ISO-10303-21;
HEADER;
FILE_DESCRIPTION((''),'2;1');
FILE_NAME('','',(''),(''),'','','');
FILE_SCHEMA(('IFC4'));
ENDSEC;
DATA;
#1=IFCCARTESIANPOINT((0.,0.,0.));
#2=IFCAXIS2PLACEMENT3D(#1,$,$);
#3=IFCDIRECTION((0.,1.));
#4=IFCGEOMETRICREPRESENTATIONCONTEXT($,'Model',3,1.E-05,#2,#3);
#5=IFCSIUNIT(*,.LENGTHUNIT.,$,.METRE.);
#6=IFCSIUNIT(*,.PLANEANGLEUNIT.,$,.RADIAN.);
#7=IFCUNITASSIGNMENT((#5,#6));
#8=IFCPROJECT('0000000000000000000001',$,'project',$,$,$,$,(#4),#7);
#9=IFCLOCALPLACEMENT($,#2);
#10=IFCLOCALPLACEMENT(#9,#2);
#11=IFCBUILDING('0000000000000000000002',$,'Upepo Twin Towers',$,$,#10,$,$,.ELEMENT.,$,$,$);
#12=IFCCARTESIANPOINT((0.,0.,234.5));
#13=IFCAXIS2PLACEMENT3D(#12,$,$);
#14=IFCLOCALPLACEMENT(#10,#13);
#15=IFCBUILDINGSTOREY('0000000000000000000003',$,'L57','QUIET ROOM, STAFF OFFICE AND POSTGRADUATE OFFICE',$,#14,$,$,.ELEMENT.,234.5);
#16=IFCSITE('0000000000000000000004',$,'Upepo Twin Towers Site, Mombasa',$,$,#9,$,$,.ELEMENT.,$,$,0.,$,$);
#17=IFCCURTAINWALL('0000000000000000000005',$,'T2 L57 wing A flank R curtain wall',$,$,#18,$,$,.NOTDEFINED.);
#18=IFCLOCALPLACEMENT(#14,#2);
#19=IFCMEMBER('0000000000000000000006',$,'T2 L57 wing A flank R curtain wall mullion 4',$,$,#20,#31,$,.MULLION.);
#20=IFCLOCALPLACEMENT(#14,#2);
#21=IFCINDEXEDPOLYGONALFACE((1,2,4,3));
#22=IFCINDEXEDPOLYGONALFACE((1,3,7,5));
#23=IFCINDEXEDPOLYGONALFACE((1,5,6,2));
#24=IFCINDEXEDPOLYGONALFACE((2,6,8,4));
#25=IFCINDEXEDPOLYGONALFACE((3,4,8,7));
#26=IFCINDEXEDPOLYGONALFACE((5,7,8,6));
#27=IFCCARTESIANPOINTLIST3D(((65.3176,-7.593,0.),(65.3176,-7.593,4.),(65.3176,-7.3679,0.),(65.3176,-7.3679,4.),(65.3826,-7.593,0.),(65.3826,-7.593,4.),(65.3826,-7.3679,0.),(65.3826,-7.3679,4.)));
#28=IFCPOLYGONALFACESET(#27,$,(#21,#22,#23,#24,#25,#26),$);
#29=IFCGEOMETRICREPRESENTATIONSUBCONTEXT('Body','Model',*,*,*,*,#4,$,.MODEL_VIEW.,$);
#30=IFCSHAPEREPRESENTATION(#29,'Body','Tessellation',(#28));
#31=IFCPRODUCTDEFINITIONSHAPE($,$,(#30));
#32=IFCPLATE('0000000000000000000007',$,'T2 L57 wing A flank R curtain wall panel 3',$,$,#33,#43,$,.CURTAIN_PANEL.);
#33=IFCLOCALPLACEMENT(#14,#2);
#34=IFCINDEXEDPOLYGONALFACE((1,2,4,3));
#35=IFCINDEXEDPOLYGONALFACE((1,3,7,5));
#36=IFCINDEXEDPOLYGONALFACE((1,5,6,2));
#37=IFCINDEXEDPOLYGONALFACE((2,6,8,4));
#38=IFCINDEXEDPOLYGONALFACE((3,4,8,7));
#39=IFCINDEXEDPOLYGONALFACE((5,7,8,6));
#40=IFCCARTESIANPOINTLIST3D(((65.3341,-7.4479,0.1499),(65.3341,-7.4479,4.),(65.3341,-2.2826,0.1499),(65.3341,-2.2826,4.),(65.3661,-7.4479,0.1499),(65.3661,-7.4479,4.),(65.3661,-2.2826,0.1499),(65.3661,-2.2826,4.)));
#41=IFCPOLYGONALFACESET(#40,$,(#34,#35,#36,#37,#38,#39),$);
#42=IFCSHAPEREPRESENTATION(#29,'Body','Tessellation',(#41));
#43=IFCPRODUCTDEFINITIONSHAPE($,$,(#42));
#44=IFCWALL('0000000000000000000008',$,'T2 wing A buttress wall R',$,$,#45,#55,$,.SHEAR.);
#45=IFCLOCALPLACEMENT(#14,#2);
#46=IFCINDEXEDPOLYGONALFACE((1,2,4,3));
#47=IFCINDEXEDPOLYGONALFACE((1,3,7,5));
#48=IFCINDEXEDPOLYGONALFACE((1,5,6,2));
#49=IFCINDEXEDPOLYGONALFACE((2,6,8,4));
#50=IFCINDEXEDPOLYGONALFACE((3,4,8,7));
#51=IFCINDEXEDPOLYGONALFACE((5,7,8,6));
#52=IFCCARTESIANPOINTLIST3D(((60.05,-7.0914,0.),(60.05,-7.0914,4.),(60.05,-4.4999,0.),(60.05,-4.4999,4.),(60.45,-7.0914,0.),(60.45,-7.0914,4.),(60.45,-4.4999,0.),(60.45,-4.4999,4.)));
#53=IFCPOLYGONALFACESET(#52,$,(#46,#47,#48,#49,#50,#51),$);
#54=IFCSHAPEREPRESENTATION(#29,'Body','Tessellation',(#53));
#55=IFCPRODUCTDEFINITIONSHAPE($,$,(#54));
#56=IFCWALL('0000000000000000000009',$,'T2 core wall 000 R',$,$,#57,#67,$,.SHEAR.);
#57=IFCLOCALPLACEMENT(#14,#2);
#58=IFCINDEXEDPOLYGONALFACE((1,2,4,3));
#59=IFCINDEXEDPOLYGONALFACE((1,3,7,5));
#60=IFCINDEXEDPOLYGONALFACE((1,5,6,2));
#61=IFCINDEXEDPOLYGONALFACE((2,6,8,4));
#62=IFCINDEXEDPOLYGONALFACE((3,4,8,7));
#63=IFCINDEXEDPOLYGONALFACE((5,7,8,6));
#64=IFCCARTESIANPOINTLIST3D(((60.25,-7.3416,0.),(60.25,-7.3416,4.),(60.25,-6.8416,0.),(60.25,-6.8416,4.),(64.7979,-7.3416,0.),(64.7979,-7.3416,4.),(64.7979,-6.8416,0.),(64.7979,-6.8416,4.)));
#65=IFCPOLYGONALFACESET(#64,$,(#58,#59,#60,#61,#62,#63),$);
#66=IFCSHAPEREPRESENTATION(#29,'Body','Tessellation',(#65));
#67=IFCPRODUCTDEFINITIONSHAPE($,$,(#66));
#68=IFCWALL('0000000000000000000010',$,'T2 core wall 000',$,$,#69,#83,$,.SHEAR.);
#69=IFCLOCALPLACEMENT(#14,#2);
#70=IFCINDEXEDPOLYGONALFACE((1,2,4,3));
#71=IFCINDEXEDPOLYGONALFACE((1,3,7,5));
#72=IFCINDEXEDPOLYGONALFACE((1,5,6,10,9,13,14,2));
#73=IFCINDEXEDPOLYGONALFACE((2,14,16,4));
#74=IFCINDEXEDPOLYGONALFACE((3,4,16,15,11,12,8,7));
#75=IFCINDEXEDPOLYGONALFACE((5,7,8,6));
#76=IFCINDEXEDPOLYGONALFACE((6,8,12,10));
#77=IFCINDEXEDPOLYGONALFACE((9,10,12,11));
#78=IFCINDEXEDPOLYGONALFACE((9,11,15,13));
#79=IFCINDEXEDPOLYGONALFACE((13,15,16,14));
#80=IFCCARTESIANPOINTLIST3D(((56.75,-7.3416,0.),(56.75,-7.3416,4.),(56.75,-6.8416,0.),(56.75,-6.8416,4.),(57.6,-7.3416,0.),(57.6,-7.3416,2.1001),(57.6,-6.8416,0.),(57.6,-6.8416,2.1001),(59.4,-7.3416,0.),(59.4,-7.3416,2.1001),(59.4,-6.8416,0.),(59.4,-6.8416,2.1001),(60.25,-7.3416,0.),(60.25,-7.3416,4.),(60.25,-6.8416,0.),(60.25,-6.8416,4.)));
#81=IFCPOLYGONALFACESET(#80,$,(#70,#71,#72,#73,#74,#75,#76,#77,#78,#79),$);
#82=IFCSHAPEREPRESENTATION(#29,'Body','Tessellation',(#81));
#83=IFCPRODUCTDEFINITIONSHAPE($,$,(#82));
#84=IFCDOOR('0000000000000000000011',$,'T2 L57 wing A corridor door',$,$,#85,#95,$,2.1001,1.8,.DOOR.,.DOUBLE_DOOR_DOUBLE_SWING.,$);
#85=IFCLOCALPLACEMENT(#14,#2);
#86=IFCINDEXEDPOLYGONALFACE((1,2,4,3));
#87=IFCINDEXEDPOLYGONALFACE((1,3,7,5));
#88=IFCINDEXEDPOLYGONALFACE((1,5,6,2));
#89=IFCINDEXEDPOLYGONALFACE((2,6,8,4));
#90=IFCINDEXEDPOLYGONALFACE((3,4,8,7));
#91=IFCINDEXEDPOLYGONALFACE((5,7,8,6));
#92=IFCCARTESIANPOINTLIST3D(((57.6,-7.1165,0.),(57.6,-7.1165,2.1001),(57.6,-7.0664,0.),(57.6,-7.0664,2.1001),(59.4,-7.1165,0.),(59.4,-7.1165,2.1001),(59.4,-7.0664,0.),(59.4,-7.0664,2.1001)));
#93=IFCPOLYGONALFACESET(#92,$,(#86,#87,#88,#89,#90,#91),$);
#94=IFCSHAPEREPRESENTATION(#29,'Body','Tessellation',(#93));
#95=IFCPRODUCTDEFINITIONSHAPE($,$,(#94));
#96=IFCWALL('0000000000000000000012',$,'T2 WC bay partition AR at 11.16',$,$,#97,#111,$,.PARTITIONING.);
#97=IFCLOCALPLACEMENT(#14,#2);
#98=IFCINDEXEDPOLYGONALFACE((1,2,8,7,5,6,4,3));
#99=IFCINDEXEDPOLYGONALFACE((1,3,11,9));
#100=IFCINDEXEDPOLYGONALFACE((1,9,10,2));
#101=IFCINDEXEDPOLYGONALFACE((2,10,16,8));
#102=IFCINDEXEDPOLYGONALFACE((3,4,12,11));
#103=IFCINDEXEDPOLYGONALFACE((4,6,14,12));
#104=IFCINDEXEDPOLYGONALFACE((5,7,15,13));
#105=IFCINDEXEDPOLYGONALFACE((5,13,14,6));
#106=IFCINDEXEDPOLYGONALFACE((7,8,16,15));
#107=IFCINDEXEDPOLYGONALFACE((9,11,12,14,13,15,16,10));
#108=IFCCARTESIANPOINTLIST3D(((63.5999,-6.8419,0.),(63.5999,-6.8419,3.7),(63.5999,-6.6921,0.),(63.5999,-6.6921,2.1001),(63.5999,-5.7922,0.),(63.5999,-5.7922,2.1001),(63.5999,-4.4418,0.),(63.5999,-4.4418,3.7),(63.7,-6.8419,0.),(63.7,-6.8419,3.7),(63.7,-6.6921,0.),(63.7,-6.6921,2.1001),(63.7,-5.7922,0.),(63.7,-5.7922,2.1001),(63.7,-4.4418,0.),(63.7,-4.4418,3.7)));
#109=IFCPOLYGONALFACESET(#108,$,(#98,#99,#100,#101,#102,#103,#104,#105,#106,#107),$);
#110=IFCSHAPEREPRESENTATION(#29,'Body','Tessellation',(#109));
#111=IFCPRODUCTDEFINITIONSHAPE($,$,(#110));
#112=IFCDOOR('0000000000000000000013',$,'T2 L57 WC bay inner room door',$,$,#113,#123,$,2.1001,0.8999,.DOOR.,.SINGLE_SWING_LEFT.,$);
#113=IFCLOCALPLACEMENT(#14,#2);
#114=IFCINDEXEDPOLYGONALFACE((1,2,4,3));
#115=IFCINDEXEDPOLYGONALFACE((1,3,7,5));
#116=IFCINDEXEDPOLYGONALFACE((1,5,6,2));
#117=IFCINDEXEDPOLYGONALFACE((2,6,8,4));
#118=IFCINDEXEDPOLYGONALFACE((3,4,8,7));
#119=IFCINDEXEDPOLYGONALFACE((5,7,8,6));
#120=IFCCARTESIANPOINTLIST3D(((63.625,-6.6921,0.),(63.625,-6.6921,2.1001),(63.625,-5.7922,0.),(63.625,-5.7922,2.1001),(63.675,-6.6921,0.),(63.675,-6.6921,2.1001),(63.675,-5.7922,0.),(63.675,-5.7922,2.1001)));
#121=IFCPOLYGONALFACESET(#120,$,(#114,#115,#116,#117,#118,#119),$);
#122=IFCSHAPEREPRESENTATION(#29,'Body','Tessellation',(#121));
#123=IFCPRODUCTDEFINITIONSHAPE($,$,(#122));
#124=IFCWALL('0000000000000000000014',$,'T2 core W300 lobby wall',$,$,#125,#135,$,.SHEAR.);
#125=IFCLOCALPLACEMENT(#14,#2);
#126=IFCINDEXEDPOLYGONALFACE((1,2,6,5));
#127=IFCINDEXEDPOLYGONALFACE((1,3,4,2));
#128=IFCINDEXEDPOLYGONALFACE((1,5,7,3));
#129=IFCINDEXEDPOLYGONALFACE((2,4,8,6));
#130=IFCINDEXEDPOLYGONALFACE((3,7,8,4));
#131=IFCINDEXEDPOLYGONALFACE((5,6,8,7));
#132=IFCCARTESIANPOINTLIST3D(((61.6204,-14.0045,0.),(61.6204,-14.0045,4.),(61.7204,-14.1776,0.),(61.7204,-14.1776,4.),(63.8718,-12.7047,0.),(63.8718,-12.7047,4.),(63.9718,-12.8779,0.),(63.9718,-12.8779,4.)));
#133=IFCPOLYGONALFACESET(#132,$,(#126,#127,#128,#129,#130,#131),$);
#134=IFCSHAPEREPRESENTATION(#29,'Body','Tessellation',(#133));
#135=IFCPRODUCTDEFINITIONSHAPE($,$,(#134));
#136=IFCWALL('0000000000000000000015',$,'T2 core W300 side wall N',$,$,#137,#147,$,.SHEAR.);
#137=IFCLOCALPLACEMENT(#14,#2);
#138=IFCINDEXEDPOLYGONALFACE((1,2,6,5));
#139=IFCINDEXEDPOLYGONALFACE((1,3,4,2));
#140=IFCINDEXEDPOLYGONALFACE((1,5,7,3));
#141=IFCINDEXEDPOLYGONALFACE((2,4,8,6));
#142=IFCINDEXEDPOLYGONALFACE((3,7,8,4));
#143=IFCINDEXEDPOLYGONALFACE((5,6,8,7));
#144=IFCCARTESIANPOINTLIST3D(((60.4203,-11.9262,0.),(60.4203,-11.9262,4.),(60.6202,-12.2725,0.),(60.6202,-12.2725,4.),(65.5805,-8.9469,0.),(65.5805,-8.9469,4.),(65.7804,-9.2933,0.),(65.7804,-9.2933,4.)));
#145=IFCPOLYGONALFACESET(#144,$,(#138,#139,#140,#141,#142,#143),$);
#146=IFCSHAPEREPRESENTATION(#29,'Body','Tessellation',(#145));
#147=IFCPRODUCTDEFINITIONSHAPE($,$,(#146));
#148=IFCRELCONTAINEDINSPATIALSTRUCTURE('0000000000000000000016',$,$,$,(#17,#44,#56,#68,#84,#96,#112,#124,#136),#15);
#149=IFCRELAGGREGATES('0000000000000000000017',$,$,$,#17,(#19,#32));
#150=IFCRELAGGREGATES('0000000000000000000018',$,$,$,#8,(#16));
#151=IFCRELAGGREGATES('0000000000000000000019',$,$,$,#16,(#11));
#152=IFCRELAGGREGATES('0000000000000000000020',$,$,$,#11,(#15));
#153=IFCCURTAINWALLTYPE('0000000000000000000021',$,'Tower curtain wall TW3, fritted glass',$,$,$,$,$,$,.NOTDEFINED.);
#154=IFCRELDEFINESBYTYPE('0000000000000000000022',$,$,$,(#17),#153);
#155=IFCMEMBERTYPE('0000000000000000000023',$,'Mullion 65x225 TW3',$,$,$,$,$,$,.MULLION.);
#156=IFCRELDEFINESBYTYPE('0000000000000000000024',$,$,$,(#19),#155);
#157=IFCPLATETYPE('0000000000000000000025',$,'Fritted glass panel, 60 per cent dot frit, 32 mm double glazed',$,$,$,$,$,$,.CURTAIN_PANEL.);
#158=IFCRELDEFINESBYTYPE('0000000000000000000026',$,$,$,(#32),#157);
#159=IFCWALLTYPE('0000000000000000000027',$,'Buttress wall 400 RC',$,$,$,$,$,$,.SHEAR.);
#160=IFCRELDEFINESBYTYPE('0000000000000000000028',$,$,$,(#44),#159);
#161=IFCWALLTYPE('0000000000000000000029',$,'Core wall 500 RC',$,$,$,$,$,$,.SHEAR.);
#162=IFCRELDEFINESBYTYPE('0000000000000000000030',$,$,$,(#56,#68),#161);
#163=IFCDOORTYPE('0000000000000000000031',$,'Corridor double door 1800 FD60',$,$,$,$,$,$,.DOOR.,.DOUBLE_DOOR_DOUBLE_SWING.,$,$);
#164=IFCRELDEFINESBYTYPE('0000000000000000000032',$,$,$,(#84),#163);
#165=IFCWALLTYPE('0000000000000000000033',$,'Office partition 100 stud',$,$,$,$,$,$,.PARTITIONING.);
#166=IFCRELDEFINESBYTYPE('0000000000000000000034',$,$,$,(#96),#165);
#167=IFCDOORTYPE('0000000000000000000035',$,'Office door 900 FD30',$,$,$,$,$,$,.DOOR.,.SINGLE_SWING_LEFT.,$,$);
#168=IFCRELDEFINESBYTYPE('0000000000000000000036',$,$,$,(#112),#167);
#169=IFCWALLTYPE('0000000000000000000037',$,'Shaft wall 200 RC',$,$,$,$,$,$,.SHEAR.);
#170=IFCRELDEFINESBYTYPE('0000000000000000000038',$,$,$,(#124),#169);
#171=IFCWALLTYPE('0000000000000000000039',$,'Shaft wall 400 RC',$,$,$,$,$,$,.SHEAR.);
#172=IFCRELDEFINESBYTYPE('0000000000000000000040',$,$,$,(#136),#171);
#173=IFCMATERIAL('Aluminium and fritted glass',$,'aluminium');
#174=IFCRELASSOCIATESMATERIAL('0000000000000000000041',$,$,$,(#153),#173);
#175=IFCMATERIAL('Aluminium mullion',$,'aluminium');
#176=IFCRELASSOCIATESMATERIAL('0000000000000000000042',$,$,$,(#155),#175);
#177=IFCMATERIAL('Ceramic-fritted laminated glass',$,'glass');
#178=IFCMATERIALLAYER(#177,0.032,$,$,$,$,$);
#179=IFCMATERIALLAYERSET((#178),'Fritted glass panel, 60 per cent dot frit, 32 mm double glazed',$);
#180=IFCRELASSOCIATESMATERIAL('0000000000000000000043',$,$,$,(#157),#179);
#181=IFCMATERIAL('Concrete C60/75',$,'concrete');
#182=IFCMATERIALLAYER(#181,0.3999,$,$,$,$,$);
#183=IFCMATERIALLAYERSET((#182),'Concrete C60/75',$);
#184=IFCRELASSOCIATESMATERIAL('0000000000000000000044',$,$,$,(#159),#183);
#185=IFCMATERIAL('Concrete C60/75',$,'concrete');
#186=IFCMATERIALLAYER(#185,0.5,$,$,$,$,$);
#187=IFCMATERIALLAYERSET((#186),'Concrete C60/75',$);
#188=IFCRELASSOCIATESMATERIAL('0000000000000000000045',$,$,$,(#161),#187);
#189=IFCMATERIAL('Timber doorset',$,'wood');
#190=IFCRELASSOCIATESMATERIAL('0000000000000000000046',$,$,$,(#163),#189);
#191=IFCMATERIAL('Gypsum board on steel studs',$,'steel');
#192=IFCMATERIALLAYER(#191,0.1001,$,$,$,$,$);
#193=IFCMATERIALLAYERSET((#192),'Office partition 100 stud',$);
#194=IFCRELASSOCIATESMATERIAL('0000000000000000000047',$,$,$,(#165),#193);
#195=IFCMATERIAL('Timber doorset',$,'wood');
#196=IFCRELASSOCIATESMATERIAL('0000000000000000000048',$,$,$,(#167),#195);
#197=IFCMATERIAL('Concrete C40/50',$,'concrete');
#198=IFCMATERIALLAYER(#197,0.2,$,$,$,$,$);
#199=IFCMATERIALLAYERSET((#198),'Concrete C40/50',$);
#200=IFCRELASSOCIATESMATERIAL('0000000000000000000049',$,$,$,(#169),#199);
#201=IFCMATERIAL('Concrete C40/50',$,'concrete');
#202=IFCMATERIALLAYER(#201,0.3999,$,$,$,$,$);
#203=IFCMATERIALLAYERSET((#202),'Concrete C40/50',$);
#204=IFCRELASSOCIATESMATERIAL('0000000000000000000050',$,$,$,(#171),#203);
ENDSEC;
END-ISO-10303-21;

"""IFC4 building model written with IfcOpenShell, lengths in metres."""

from ifc_helpers import new_model, si_unit, direction, frame, frame_2d, origin, origin_2d, place, context, subcontext, project, spatial, rectangle, extrude, material, layer, layer_set, material_profile, profile_set, type_object, element, fill, aggregate, save


model = new_model("IFC4")

# Units and contexts
model_context = context("Model", 3, precision=1e-05, world=origin(), true_north=direction((0.0, 1.0)))
body_context = subcontext(model_context, "Body", "Model", "MODEL_VIEW")
ifc_project = project(units=[si_unit("LENGTHUNIT", "METRE"), si_unit("PLANEANGLEUNIT", "RADIAN")], contexts=[model_context])

# Site, building, storey
site_placement = place(None, origin())
site = spatial("IfcSite", under=ifc_project, at=site_placement, Name="Upepo Twin Towers Site, Mombasa", CompositionType="ELEMENT", RefElevation=0.0)
building_placement = place(site_placement, origin())
building = spatial("IfcBuilding", under=site, at=building_placement, Name="Upepo Twin Towers", CompositionType="ELEMENT")
storey_placement = place(building_placement, frame((0.0, 0.0, 234.5)))
storey = spatial("IfcBuildingStorey", under=building, at=storey_placement, Name="L57", Description="QUIET ROOM, STAFF OFFICE AND POSTGRADUATE OFFICE", CompositionType="ELEMENT", Elevation=234.5)

# Curtain wall, member, plate
ifc_material_1 = material(Name="Aluminium and fritted glass", Category="aluminium")
curtain_wall_type = type_object("IfcCurtainWallType", Name="Tower curtain wall TW3, fritted glass", PredefinedType="NOTDEFINED", material=ifc_material_1)
curtain_wall_placement = place(storey_placement, origin())
curtain_wall = element("IfcCurtainWall", 1, at=curtain_wall_placement, inside=storey, type_object=curtain_wall_type, Name="T2 L57 wing A flank R curtain wall", PredefinedType="NOTDEFINED")
ifc_material_2 = material(Name="Aluminium mullion", Category="aluminium")
ifc_material_profile = material_profile(ifc_material_2, rectangle(XDim=0.0649, YDim=0.2251, at=origin_2d()), Name="MULLION 65x225")
ifc_profile_set = profile_set([ifc_material_profile], Name="Aluminium mullion")
member_type = type_object("IfcMemberType", Name="Mullion 65x225 TW3", PredefinedType="MULLION", material=ifc_profile_set)
member_placement = place(storey_placement, frame((65.3501, -7.4805, 0.0), z_axis=(0.0, 0.0, 1.0), x_axis=(1.0, 0.0, 0.0)))
member = element("IfcMember", 2, at=member_placement, type_object=member_type, Name="T2 L57 wing A flank R curtain wall mullion 4", PredefinedType="MULLION", context=body_context, shape_type="SweptSolid", body=[
    extrude(rectangle(XDim=0.0649, YDim=0.2251, at=origin_2d()), origin(), (0.0, 0.0, 1.0), 4.0),
])
ifc_material_3 = material(Name="Ceramic-fritted laminated glass", Category="glass")
ifc_layer_1 = layer(ifc_material_3, 0.032)
ifc_layer_set_1 = layer_set([ifc_layer_1], Name="Fritted glass panel, 60 per cent dot frit, 32 mm double glazed")
plate_type = type_object("IfcPlateType", Name="Fritted glass panel, 60 per cent dot frit, 32 mm double glazed", PredefinedType="CURTAIN_PANEL", material=ifc_layer_set_1)
plate_placement = place(storey_placement, frame((65.3501, -4.8652, 0.1499), z_axis=(0.0, 0.0, 1.0), x_axis=(0.0, -1.0, 0.0)))
plate = element("IfcPlate", 3, at=plate_placement, type_object=plate_type, Name="T2 L57 wing A flank R curtain wall panel 3", PredefinedType="CURTAIN_PANEL", context=body_context, shape_type="SweptSolid", body=[
    extrude(rectangle(XDim=5.1653, YDim=0.032, at=origin_2d()), origin(), (0.0, 0.0, 1.0), 3.8501),
])
aggregate(curtain_wall, [member, plate])

# Walls
ifc_material_4 = material(Name="Concrete C60/75", Category="concrete")
ifc_layer_2 = layer(ifc_material_4, 0.3999)
ifc_layer_set_2 = layer_set([ifc_layer_2], Name="Concrete C60/75")
wall_type_1 = type_object("IfcWallType", Name="Buttress wall 400 RC", PredefinedType="SHEAR", material=ifc_layer_set_2)
wall_1_placement = place(storey_placement, frame((60.25, -7.0916, 0.0), z_axis=(0.0, 0.0, 1.0), x_axis=(0.0, 1.0, 0.0)))
element("IfcWall", 4, at=wall_1_placement, inside=storey, type_object=wall_type_1, Name="T2 wing A buttress wall R", PredefinedType="SHEAR", context=body_context, shape_type="SweptSolid", body=[
    extrude(rectangle(XDim=2.5916, YDim=0.3999, at=frame_2d((1.2959, 0.0))), origin(), (0.0, 0.0, 1.0), 4.0),
])
ifc_material_5 = material(Name="Concrete C60/75", Category="concrete")
ifc_layer_3 = layer(ifc_material_5, 0.5)
ifc_layer_set_3 = layer_set([ifc_layer_3], Name="Concrete C60/75")
wall_type_2 = type_object("IfcWallType", Name="Core wall 500 RC", PredefinedType="SHEAR", material=ifc_layer_set_3)
wall_2_placement = place(storey_placement, frame((64.7979, -7.0916, 0.0), z_axis=(0.0, 0.0, 1.0), x_axis=(-1.0, 0.0, 0.0)))
element("IfcWall", 5, at=wall_2_placement, inside=storey, type_object=wall_type_2, Name="T2 core wall 000 R", PredefinedType="SHEAR", context=body_context, shape_type="SweptSolid", body=[
    extrude(rectangle(XDim=4.5479, YDim=0.5, at=frame_2d((2.2739, 0.0))), origin(), (0.0, 0.0, 1.0), 4.0),
])

# Walls, openings, doors
wall_3_placement = place(storey_placement, frame((60.25, -7.0916, 0.0), z_axis=(0.0, 0.0, 1.0), x_axis=(-1.0, 0.0, 0.0)))
wall_3 = element("IfcWall", 6, at=wall_3_placement, inside=storey, type_object=wall_type_2, Name="T2 core wall 000", PredefinedType="SHEAR", context=body_context, shape_type="SweptSolid", body=[
    extrude(rectangle(XDim=3.5, YDim=0.5, at=frame_2d((1.75, 0.0))), origin(), (0.0, 0.0, 1.0), 4.0),
])
opening_1_placement = place(wall_3_placement, frame((0.8501, 0.0, 0.0)))
opening_1 = element("IfcOpeningElement", 7, at=opening_1_placement, cuts=wall_3, PredefinedType="OPENING", context=body_context, shape_type="SweptSolid", body=[
    extrude(rectangle(XDim=1.8, YDim=2.1001, at=frame_2d((0.8999, 1.05))), frame((0.0, 0.26, 0.0), z_axis=(0.0, -1.0, 0.0), x_axis=(1.0, 0.0, 0.0)), (0.0, 0.0, 1.0), 0.52),
])
ifc_material_6 = material(Name="Timber doorset", Category="wood")
door_type_1 = type_object("IfcDoorType", Name="Corridor double door 1800 FD60", OperationType="DOUBLE_DOOR_DOUBLE_SWING", PredefinedType="DOOR", material=ifc_material_6)
door_1_placement = place(opening_1_placement, origin())
door_1 = element("IfcDoor", 8, at=door_1_placement, inside=storey, type_object=door_type_1, Name="T2 L57 wing A corridor door", OperationType="DOUBLE_DOOR_DOUBLE_SWING", OverallHeight=2.1001, OverallWidth=1.8, PredefinedType="DOOR", context=body_context, shape_type="SweptSolid", body=[
    extrude(rectangle(XDim=1.8, YDim=2.1001, at=frame_2d((0.8999, 1.05))), frame((0.0, 0.0249, 0.0), z_axis=(0.0, -1.0, 0.0), x_axis=(1.0, 0.0, 0.0)), (0.0, 0.0, 1.0), 0.05),
])
fill(opening_1, door_1)
ifc_material_7 = material(Name="Gypsum board on steel studs", Category="steel")
ifc_layer_4 = layer(ifc_material_7, 0.1001)
ifc_layer_set_4 = layer_set([ifc_layer_4], Name="Office partition 100 stud")
wall_type_3 = type_object("IfcWallType", Name="Office partition 100 stud", PredefinedType="PARTITIONING", material=ifc_layer_set_4)
wall_4_placement = place(storey_placement, frame((63.6499, -6.842, 0.0), z_axis=(0.0, 0.0, 1.0), x_axis=(0.0, 1.0, 0.0)))
wall_4 = element("IfcWall", 9, at=wall_4_placement, inside=storey, type_object=wall_type_3, Name="T2 WC bay partition AR at 11.16", PredefinedType="PARTITIONING", context=body_context, shape_type="SweptSolid", body=[
    extrude(rectangle(XDim=2.4001, YDim=0.1001, at=frame_2d((1.2002, 0.0))), origin(), (0.0, 0.0, 1.0), 3.7),
])
opening_2_placement = place(wall_4_placement, frame((0.1499, 0.0, 0.0)))
opening_2 = element("IfcOpeningElement", 10, at=opening_2_placement, cuts=wall_4, PredefinedType="OPENING", context=body_context, shape_type="SweptSolid", body=[
    extrude(rectangle(XDim=0.8999, YDim=2.1001, at=frame_2d((0.45, 1.05))), frame((0.0, 0.0601, 0.0), z_axis=(0.0, -1.0, 0.0), x_axis=(1.0, 0.0, 0.0)), (0.0, 0.0, 1.0), 0.1201),
])
ifc_material_8 = material(Name="Timber doorset", Category="wood")
door_type_2 = type_object("IfcDoorType", Name="Office door 900 FD30", OperationType="SINGLE_SWING_LEFT", PredefinedType="DOOR", material=ifc_material_8)
door_2_placement = place(opening_2_placement, origin())
door_2 = element("IfcDoor", 11, at=door_2_placement, inside=storey, type_object=door_type_2, Name="T2 L57 WC bay inner room door", OperationType="SINGLE_SWING_LEFT", OverallHeight=2.1001, OverallWidth=0.8999, PredefinedType="DOOR", context=body_context, shape_type="SweptSolid", body=[
    extrude(rectangle(XDim=0.8999, YDim=2.1001, at=frame_2d((0.45, 1.05))), frame((0.0, 0.0249, 0.0), z_axis=(0.0, -1.0, 0.0), x_axis=(1.0, 0.0, 0.0)), (0.0, 0.0, 1.0), 0.05),
])
fill(opening_2, door_2)

# Walls
ifc_material_9 = material(Name="Concrete C40/50", Category="concrete")
ifc_layer_5 = layer(ifc_material_9, 0.2)
ifc_layer_set_5 = layer_set([ifc_layer_5], Name="Concrete C40/50")
wall_type_4 = type_object("IfcWallType", Name="Shaft wall 200 RC", PredefinedType="SHEAR", material=ifc_layer_set_5)
wall_5_placement = place(storey_placement, frame((61.6704, -14.0911, 0.0), z_axis=(0.0, 0.0, 1.0), x_axis=(0.866039, 0.499977, 0.0)))
element("IfcWall", 12, at=wall_5_placement, inside=storey, type_object=wall_type_4, Name="T2 core W300 lobby wall", PredefinedType="SHEAR", context=body_context, shape_type="SweptSolid", body=[
    extrude(rectangle(XDim=2.5996, YDim=0.2, at=frame_2d((1.2998, 0.0))), origin(), (0.0, 0.0, 1.0), 4.0),
])
ifc_material_10 = material(Name="Concrete C40/50", Category="concrete")
ifc_layer_6 = layer(ifc_material_10, 0.3999)
ifc_layer_set_6 = layer_set([ifc_layer_6], Name="Concrete C40/50")
wall_type_5 = type_object("IfcWallType", Name="Shaft wall 400 RC", PredefinedType="SHEAR", material=ifc_layer_set_6)
wall_6_placement = place(storey_placement, frame((60.5203, -12.0994, 0.0), z_axis=(0.0, 0.0, 1.0), x_axis=(0.866023, 0.500004, 0.0)))
element("IfcWall", 13, at=wall_6_placement, inside=storey, type_object=wall_type_5, Name="T2 core W300 side wall N", PredefinedType="SHEAR", context=body_context, shape_type="SweptSolid", body=[
    extrude(rectangle(XDim=5.9585, YDim=0.3999, at=frame_2d((2.9792, 0.0))), origin(), (0.0, 0.0, 1.0), 4.0),
])

save(model, "model.ifc")
